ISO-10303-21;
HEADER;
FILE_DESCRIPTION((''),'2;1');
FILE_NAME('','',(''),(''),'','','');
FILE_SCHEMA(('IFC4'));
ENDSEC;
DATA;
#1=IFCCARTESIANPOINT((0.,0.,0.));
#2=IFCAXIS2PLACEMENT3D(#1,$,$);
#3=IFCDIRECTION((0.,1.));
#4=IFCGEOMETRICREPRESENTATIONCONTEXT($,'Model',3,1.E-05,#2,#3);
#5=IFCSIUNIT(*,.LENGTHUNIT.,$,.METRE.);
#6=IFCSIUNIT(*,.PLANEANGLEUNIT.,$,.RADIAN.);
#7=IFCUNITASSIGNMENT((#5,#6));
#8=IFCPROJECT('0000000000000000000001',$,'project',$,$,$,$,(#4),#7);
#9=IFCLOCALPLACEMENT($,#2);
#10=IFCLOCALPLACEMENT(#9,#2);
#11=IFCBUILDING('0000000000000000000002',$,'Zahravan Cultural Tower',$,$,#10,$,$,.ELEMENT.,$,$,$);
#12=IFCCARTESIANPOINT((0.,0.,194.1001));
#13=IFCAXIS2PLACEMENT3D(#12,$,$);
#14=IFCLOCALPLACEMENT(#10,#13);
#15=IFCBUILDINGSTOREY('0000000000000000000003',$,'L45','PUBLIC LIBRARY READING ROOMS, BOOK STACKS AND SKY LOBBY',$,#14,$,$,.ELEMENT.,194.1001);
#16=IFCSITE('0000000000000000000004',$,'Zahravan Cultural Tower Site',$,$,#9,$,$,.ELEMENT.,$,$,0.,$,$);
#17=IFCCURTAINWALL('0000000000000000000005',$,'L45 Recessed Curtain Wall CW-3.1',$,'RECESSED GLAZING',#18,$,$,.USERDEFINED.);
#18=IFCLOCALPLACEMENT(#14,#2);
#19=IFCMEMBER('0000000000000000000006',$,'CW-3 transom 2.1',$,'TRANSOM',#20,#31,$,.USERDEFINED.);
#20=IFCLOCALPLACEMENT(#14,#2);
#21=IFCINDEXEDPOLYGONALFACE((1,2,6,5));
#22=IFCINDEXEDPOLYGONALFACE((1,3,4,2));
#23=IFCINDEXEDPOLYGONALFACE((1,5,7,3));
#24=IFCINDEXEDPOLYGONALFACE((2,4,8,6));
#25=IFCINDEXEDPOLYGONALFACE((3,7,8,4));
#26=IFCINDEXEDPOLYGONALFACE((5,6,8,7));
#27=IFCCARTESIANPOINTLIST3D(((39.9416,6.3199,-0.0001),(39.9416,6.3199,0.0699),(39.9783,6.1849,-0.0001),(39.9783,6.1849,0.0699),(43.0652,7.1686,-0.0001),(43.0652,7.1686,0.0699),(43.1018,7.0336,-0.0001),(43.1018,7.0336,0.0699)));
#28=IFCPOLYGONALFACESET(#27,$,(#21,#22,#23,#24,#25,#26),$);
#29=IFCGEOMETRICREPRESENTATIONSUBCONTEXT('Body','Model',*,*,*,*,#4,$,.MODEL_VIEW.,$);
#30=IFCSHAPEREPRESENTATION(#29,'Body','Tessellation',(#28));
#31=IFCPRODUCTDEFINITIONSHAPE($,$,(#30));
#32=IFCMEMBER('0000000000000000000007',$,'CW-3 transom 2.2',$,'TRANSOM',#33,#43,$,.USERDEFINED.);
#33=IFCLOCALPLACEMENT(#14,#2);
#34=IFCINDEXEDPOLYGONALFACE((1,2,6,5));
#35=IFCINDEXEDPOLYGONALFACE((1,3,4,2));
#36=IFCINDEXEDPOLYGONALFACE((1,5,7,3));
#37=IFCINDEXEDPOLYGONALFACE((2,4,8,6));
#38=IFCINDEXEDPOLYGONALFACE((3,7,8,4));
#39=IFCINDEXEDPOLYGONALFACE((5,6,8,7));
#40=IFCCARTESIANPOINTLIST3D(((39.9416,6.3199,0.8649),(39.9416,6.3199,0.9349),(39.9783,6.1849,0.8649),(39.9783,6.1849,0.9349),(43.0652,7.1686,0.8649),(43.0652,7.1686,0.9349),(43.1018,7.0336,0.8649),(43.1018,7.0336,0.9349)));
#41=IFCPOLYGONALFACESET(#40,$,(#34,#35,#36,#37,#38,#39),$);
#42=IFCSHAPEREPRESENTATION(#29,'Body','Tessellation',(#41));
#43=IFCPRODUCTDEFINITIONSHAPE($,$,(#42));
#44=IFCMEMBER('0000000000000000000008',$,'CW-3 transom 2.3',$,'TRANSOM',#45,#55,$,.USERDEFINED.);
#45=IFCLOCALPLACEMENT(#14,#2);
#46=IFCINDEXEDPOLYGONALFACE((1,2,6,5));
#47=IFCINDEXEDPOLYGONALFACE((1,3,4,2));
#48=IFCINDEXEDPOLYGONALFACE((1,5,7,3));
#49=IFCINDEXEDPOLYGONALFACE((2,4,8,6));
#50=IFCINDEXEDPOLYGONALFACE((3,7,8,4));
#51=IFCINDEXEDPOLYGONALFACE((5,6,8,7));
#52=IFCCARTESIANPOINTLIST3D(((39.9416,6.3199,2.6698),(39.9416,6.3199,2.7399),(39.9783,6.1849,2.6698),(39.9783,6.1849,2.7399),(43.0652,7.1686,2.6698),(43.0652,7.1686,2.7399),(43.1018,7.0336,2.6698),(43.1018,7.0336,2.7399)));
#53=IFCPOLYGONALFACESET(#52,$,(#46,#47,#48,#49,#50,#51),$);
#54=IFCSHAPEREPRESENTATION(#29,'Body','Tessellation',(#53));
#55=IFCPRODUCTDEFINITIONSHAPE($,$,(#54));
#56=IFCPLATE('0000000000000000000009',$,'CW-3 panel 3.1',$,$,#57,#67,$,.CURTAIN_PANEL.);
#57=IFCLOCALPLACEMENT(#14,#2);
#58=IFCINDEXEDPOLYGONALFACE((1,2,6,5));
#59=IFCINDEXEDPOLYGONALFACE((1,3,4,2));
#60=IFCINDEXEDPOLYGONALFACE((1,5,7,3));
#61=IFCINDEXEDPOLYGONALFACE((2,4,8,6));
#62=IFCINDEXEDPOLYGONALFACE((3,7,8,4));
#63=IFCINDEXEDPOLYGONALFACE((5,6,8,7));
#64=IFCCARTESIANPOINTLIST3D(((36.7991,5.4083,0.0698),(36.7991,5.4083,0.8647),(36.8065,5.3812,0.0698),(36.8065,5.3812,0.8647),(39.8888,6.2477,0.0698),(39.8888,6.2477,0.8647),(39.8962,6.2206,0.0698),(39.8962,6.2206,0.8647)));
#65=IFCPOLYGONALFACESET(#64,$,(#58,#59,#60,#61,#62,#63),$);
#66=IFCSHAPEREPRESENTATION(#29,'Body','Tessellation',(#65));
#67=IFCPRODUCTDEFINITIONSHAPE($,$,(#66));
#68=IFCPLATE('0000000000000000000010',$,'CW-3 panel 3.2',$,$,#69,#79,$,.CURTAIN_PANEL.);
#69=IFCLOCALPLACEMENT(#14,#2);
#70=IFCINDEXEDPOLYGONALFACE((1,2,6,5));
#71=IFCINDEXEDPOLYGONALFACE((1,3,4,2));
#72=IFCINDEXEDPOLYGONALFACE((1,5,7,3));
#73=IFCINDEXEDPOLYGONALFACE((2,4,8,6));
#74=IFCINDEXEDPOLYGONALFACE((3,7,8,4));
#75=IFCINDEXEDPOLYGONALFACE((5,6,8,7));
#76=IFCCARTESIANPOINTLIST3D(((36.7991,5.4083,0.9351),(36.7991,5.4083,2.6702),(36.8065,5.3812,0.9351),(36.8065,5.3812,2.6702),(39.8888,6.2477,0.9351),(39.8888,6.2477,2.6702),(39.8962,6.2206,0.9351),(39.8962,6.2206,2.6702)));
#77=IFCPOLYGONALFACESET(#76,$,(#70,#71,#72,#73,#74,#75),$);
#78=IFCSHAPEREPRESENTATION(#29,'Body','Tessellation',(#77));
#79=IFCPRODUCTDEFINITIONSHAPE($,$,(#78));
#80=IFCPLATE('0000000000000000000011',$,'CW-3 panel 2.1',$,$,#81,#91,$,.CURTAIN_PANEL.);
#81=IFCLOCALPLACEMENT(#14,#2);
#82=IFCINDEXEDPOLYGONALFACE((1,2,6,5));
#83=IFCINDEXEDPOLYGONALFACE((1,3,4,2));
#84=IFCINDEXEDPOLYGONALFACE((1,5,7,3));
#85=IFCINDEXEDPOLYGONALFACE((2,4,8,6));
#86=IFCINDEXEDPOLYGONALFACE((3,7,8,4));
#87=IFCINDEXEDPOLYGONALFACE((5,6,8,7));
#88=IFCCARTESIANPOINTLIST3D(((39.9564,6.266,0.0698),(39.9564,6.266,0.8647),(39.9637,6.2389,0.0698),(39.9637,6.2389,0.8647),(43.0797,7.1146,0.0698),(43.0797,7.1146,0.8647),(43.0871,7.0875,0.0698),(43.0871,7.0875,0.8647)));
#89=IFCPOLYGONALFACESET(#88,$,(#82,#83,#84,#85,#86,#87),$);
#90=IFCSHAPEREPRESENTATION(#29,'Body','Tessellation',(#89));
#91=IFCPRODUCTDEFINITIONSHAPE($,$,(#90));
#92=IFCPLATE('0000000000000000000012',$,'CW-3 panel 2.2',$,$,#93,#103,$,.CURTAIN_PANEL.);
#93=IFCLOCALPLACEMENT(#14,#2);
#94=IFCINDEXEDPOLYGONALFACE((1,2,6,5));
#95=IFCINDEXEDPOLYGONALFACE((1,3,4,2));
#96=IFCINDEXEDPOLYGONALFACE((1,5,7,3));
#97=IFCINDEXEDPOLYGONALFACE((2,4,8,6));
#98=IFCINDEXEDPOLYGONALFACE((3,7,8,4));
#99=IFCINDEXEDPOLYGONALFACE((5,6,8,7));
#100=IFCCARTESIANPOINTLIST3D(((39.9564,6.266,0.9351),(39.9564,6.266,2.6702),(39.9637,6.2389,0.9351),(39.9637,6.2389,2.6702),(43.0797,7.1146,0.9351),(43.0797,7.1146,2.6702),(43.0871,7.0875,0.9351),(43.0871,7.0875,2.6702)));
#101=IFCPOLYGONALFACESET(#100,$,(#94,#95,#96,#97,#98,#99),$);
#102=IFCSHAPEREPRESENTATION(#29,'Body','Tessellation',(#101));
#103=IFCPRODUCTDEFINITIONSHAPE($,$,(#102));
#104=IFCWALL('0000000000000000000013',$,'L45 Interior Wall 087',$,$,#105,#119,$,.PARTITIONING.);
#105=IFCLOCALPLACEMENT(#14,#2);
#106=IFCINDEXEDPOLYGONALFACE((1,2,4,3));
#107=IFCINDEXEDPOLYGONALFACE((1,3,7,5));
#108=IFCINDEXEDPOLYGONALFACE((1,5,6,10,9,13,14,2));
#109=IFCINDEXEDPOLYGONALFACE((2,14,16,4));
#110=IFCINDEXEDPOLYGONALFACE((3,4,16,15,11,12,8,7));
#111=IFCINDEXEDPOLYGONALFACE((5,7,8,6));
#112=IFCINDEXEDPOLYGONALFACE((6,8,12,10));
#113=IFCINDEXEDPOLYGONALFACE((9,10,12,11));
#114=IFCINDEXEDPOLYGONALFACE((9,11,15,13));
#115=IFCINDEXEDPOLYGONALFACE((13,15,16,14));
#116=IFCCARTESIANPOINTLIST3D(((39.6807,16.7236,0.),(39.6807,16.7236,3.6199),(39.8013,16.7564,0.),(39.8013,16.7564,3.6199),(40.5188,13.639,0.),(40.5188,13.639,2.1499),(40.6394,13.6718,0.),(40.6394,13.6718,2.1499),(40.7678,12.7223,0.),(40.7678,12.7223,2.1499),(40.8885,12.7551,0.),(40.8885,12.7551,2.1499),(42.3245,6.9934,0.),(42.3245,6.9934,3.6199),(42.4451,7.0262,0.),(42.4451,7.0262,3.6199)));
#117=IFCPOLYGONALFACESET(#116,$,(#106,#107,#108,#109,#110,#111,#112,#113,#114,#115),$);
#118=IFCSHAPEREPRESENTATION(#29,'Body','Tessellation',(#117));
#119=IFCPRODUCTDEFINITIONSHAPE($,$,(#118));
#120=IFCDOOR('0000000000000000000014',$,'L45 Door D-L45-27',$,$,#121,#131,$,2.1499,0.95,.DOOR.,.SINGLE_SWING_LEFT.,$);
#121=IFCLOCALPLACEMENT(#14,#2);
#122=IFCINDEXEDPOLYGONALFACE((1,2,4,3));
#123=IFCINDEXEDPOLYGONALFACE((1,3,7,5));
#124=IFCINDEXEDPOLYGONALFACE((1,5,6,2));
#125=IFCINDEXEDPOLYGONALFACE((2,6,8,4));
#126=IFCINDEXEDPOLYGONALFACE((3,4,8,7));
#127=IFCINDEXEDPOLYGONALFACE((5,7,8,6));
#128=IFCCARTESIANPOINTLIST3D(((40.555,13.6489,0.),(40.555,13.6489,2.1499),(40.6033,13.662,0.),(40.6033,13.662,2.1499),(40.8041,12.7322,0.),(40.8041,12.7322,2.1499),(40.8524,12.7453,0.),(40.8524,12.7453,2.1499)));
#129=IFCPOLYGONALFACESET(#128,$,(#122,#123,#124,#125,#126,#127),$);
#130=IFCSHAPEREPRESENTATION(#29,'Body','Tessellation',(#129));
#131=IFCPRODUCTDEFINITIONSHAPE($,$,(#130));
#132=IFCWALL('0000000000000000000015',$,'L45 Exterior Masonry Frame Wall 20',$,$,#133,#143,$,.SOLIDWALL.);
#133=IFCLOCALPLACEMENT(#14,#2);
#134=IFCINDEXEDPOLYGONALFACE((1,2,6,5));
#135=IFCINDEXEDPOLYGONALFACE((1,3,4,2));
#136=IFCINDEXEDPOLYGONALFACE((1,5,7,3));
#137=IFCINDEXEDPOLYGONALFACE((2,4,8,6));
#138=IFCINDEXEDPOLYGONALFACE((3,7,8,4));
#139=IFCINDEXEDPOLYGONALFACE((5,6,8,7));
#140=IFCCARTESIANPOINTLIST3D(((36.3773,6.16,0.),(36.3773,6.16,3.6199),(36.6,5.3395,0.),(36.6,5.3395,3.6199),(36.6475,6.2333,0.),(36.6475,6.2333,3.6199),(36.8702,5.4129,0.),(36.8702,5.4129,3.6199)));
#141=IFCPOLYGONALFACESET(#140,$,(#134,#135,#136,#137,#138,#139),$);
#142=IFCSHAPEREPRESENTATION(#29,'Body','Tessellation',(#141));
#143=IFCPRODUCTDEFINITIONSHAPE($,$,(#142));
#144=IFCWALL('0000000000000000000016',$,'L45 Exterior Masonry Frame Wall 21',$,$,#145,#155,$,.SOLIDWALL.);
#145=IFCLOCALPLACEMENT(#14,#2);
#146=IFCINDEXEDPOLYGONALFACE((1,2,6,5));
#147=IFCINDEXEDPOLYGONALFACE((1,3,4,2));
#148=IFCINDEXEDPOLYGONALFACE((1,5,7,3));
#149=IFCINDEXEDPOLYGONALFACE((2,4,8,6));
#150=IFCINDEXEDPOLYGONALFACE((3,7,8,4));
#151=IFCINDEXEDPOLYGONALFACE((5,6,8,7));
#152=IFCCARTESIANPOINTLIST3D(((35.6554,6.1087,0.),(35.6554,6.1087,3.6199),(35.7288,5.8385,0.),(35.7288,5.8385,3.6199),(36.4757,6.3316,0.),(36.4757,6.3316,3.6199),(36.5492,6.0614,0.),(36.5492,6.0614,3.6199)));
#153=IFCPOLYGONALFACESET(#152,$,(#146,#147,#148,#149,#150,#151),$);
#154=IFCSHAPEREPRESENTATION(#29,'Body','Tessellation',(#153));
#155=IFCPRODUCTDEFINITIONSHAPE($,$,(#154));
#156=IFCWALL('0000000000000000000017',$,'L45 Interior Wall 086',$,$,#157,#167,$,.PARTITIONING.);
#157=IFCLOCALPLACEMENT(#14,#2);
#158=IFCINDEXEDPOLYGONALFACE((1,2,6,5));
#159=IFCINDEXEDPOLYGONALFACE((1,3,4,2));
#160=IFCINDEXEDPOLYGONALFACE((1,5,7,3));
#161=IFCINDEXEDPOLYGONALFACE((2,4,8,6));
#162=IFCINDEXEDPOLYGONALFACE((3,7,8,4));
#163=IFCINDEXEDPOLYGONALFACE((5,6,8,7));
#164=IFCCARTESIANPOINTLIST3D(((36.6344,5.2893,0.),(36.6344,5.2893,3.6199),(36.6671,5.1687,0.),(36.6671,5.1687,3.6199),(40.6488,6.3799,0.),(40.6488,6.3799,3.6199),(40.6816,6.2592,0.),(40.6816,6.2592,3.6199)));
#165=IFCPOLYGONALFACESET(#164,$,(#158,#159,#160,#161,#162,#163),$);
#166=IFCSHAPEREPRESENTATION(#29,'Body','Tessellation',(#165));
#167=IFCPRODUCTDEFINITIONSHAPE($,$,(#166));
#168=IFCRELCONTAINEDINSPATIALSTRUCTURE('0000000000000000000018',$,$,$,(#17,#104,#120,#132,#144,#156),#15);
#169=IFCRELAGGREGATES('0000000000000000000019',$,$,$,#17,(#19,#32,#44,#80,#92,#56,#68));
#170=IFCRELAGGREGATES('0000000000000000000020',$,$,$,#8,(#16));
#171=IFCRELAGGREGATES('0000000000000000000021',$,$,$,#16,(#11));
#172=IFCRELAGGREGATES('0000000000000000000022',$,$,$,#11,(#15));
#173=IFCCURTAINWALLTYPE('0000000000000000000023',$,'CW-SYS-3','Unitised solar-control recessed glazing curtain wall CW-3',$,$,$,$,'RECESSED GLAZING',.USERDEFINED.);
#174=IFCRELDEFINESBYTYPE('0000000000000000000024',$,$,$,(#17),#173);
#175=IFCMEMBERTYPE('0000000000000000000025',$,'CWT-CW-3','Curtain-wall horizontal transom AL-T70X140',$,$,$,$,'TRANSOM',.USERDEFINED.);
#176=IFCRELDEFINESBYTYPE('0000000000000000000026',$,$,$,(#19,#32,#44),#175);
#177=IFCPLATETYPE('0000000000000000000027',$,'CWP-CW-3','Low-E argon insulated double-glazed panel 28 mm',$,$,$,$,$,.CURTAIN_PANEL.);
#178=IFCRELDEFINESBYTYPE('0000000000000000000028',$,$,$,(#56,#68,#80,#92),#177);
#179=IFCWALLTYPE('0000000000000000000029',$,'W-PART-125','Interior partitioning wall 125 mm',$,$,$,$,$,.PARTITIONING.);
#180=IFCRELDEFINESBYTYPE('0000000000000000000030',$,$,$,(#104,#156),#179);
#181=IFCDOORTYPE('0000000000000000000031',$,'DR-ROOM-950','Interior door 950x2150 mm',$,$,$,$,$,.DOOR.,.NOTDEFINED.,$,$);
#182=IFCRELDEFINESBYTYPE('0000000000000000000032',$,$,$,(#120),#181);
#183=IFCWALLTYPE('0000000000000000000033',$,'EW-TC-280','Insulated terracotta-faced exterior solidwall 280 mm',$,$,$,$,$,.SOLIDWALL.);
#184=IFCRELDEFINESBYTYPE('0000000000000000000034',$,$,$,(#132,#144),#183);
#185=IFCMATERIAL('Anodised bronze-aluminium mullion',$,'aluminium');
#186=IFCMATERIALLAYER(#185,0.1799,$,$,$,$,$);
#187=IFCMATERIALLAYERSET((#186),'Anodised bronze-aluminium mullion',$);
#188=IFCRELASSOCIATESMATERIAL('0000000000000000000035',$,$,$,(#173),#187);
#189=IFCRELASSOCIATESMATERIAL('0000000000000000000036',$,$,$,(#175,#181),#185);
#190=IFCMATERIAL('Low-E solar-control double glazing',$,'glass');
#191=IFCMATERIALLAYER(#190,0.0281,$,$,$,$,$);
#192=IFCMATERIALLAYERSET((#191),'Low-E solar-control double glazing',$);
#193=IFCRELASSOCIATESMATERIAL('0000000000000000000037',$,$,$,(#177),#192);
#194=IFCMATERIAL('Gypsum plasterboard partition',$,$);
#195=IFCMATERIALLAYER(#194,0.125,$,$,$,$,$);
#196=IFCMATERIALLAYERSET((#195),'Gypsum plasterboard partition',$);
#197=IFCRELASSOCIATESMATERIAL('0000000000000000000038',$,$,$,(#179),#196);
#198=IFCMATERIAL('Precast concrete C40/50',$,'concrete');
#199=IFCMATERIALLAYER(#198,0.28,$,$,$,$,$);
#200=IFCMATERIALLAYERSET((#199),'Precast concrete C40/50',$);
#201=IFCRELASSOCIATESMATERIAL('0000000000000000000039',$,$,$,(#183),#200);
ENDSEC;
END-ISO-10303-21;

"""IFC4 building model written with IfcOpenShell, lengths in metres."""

from ifc_helpers import new_model, si_unit, direction, frame, frame_2d, origin, origin_2d, place, context, subcontext, project, spatial, rectangle, extrude, source, transform, mapped, material, layer, layer_set, material_profile, profile_set, type_object, element, fill, aggregate, save


model = new_model("IFC4")

# Units and contexts
model_context = context("Model", 3, precision=1e-05, world=origin(), true_north=direction((0.0, 1.0)))
body_context = subcontext(model_context, "Body", "Model", "MODEL_VIEW")
ifc_project = project(units=[si_unit("LENGTHUNIT", "METRE"), si_unit("PLANEANGLEUNIT", "RADIAN")], contexts=[model_context])

# Site, building, storey
site_placement = place(None, origin())
site = spatial("IfcSite", under=ifc_project, at=site_placement, Name="Zahravan Cultural Tower Site", CompositionType="ELEMENT", RefElevation=0.0)
building_placement = place(site_placement, origin())
building = spatial("IfcBuilding", under=site, at=building_placement, Name="Zahravan Cultural Tower", CompositionType="ELEMENT")
storey_placement = place(building_placement, frame((0.0, 0.0, 194.1001)))
storey = spatial("IfcBuildingStorey", under=building, at=storey_placement, Name="L45", Description="PUBLIC LIBRARY READING ROOMS, BOOK STACKS AND SKY LOBBY", CompositionType="ELEMENT", Elevation=194.1001)

# Curtain wall, members, plates
ifc_material_1 = material(Name="Anodised bronze-aluminium mullion", Category="aluminium")
ifc_layer_1 = layer(ifc_material_1, 0.1799)
ifc_layer_set_1 = layer_set([ifc_layer_1], Name="Anodised bronze-aluminium mullion")
curtain_wall_type = type_object("IfcCurtainWallType", Name="CW-SYS-3", Description="Unitised solar-control recessed glazing curtain wall CW-3", ElementType="RECESSED GLAZING", PredefinedType="USERDEFINED", material=ifc_layer_set_1)
curtain_wall_placement = place(storey_placement, origin())
curtain_wall = element("IfcCurtainWall", 1, at=curtain_wall_placement, inside=storey, type_object=curtain_wall_type, Name="L45 Recessed Curtain Wall CW-3.1", ObjectType="RECESSED GLAZING", PredefinedType="USERDEFINED")
ifc_material_profile_1 = material_profile(ifc_material_1, rectangle(XDim=0.1399, YDim=0.0701, at=origin_2d()), Name="AL-T70X140")
ifc_profile_set_1 = profile_set([ifc_material_profile_1], Name="Anodised bronze-aluminium mullion")
member_type_1 = type_object("IfcMemberType", Name="CWT-CW-3", Description="Curtain-wall horizontal transom AL-T70X140", ElementType="TRANSOM", PredefinedType="USERDEFINED", material=ifc_profile_set_1)
shared_shape_1 = source(origin(), body_context, "Body", "SweptSolid", [
    extrude(rectangle(XDim=0.1399, YDim=0.0701, at=origin_2d()), origin(), (0.0, 0.0, 1.0), 3.2368),
])
member_1_placement = place(storey_placement, frame((43.0835, 7.1011, 0.0349), z_axis=(-0.965018, -0.262185, 0.0), x_axis=(0.262185, -0.965018, 0.0)))
member_1 = element("IfcMember", 2, at=member_1_placement, type_object=member_type_1, Name="CW-3 transom 2.1", ObjectType="TRANSOM", PredefinedType="USERDEFINED", context=body_context, shape_type="MappedRepresentation", body=[
    mapped(shared_shape_1, transform((0.0, 0.0, 0.0), x_axis=(1.0, 0.0, 0.0), y_axis=(0.0, 1.0, 0.0), z_axis=(0.0, 0.0, 1.0), scale=1.0)),
])
member_2_placement = place(storey_placement, frame((43.0835, 7.1011, 0.8999), z_axis=(-0.965018, -0.262185, 0.0), x_axis=(0.262185, -0.965018, 0.0)))
member_2 = element("IfcMember", 3, at=member_2_placement, type_object=member_type_1, Name="CW-3 transom 2.2", ObjectType="TRANSOM", PredefinedType="USERDEFINED", context=body_context, shape_type="MappedRepresentation", body=[
    mapped(shared_shape_1, transform((0.0, 0.0, 0.0), x_axis=(1.0, 0.0, 0.0), y_axis=(0.0, 1.0, 0.0), z_axis=(0.0, 0.0, 1.0), scale=1.0)),
])
member_3_placement = place(storey_placement, frame((43.0835, 7.1011, 2.7048), z_axis=(-0.965018, -0.262185, 0.0), x_axis=(0.262185, -0.965018, 0.0)))
member_3 = element("IfcMember", 4, at=member_3_placement, type_object=member_type_1, Name="CW-3 transom 2.3", ObjectType="TRANSOM", PredefinedType="USERDEFINED", context=body_context, shape_type="MappedRepresentation", body=[
    mapped(shared_shape_1, transform((0.0, 0.0, 0.0), x_axis=(1.0, 0.0, 0.0), y_axis=(0.0, 1.0, 0.0), z_axis=(0.0, 0.0, 1.0), scale=1.0)),
])
ifc_material_2 = material(Name="Low-E solar-control double glazing", Category="glass")
ifc_layer_2 = layer(ifc_material_2, 0.0281)
ifc_layer_set_2 = layer_set([ifc_layer_2], Name="Low-E solar-control double glazing")
plate_type = type_object("IfcPlateType", Name="CWP-CW-3", Description="Low-E argon insulated double-glazed panel 28 mm", PredefinedType="CURTAIN_PANEL", material=ifc_layer_set_2)
shared_shape_2 = source(origin(), body_context, "Body", "SweptSolid", [
    extrude(rectangle(XDim=3.2017, YDim=0.0281, at=origin_2d()), origin(), (0.0, 0.0, 1.0), 0.7949),
])
plate_1_placement = place(storey_placement, frame((38.3477, 5.8145, 0.0698), z_axis=(0.0, 0.0, 1.0), x_axis=(-0.965017, -0.262187, 0.0)))
plate_1 = element("IfcPlate", 5, at=plate_1_placement, type_object=plate_type, Name="CW-3 panel 3.1", PredefinedType="CURTAIN_PANEL", context=body_context, shape_type="MappedRepresentation", body=[
    mapped(shared_shape_2, transform((0.0, 0.0, 0.0), x_axis=(1.0, 0.0, 0.0), y_axis=(0.0, 1.0, 0.0), z_axis=(0.0, 0.0, 1.0), scale=1.0)),
])
shared_shape_3 = source(origin(), body_context, "Body", "SweptSolid", [
    extrude(rectangle(XDim=3.2017, YDim=0.0281, at=origin_2d()), origin(), (0.0, 0.0, 1.0), 1.7351),
])
plate_2_placement = place(storey_placement, frame((38.3477, 5.8145, 0.9351), z_axis=(0.0, 0.0, 1.0), x_axis=(-0.965017, -0.262187, 0.0)))
plate_2 = element("IfcPlate", 6, at=plate_2_placement, type_object=plate_type, Name="CW-3 panel 3.2", PredefinedType="CURTAIN_PANEL", context=body_context, shape_type="MappedRepresentation", body=[
    mapped(shared_shape_3, transform((0.0, 0.0, 0.0), x_axis=(1.0, 0.0, 0.0), y_axis=(0.0, 1.0, 0.0), z_axis=(0.0, 0.0, 1.0), scale=1.0)),
])
shared_shape_4 = source(origin(), body_context, "Body", "SweptSolid", [
    extrude(rectangle(XDim=3.2366, YDim=0.0281, at=origin_2d()), origin(), (0.0, 0.0, 1.0), 0.7949),
])
plate_3_placement = place(storey_placement, frame((41.5217, 6.6768, 0.0698), z_axis=(0.0, 0.0, 1.0), x_axis=(-0.965017, -0.262187, 0.0)))
plate_3 = element("IfcPlate", 7, at=plate_3_placement, type_object=plate_type, Name="CW-3 panel 2.1", PredefinedType="CURTAIN_PANEL", context=body_context, shape_type="MappedRepresentation", body=[
    mapped(shared_shape_4, transform((0.0, 0.0, 0.0), x_axis=(1.0, 0.0, 0.0), y_axis=(0.0, 1.0, 0.0), z_axis=(0.0, 0.0, 1.0), scale=1.0)),
])
shared_shape_5 = source(origin(), body_context, "Body", "SweptSolid", [
    extrude(rectangle(XDim=3.2366, YDim=0.0281, at=origin_2d()), origin(), (0.0, 0.0, 1.0), 1.7351),
])
plate_4_placement = place(storey_placement, frame((41.5217, 6.6768, 0.9351), z_axis=(0.0, 0.0, 1.0), x_axis=(-0.965017, -0.262187, 0.0)))
plate_4 = element("IfcPlate", 8, at=plate_4_placement, type_object=plate_type, Name="CW-3 panel 2.2", PredefinedType="CURTAIN_PANEL", context=body_context, shape_type="MappedRepresentation", body=[
    mapped(shared_shape_5, transform((0.0, 0.0, 0.0), x_axis=(1.0, 0.0, 0.0), y_axis=(0.0, 1.0, 0.0), z_axis=(0.0, 0.0, 1.0), scale=1.0)),
])
aggregate(curtain_wall, [member_1, member_2, member_3, plate_3, plate_4, plate_1, plate_2])

# Wall, opening, door
ifc_material_3 = material(Name="Gypsum plasterboard partition")
ifc_layer_3 = layer(ifc_material_3, 0.125)
ifc_layer_set_3 = layer_set([ifc_layer_3], Name="Gypsum plasterboard partition")
wall_type_1 = type_object("IfcWallType", Name="W-PART-125", Description="Interior partitioning wall 125 mm", PredefinedType="PARTITIONING", material=ifc_layer_set_3)
wall_1_placement = place(storey_placement, frame((42.3848, 7.0098, 0.0), z_axis=(0.0, 0.0, 1.0), x_axis=(-0.262204, 0.965013, 0.0)))
wall_1 = element("IfcWall", 9, at=wall_1_placement, inside=storey, type_object=wall_type_1, Name="L45 Interior Wall 087", PredefinedType="PARTITIONING", context=body_context, shape_type="SweptSolid", body=[
    extrude(rectangle(XDim=10.083, YDim=0.125, at=frame_2d((5.0415, 0.0))), origin(), (0.0, 0.0, 1.0), 3.6199),
])
opening_placement = place(wall_1_placement, frame((5.9365, 0.0, 0.0)))
opening = element("IfcOpeningElement", 10, at=opening_placement, cuts=wall_1, PredefinedType="OPENING", context=body_context, shape_type="SweptSolid", body=[
    extrude(rectangle(XDim=0.95, YDim=2.1499, at=frame_2d((0.4751, 1.075))), frame((0.0, 0.0725, 0.0), z_axis=(0.0, -1.0, 0.0), x_axis=(1.0, 0.0, 0.0)), (0.0, 0.0, 1.0), 0.145),
])
door_type = type_object("IfcDoorType", Name="DR-ROOM-950", Description="Interior door 950x2150 mm", OperationType="NOTDEFINED", PredefinedType="DOOR", material=ifc_material_1)
shared_shape_6 = source(origin(), body_context, "Body", "SweptSolid", [
    extrude(rectangle(XDim=0.95, YDim=2.1499, at=frame_2d((0.4751, 1.075))), frame((0.0, 0.0249, 0.0), z_axis=(0.0, -1.0, 0.0), x_axis=(1.0, 0.0, 0.0)), (0.0, 0.0, 1.0), 0.05),
])
door_placement = place(opening_placement, origin())
door = element("IfcDoor", 11, at=door_placement, inside=storey, type_object=door_type, Name="L45 Door D-L45-27", OperationType="SINGLE_SWING_LEFT", OverallHeight=2.1499, OverallWidth=0.95, PredefinedType="DOOR", context=body_context, shape_type="MappedRepresentation", body=[
    mapped(shared_shape_6, transform((0.0, 0.0, 0.0), x_axis=(1.0, 0.0, 0.0), y_axis=(0.0, 1.0, 0.0), z_axis=(0.0, 0.0, 1.0), scale=1.0)),
])
fill(opening, door)

# Walls
ifc_material_4 = material(Name="Precast concrete C40/50", Category="concrete")
ifc_layer_4 = layer(ifc_material_4, 0.28)
ifc_layer_set_4 = layer_set([ifc_layer_4], Name="Precast concrete C40/50")
wall_type_2 = type_object("IfcWallType", Name="EW-TC-280", Description="Insulated terracotta-faced exterior solidwall 280 mm", PredefinedType="SOLIDWALL", material=ifc_layer_set_4)
shared_shape_7 = source(origin(), body_context, "Body", "SweptSolid", [
    extrude(rectangle(XDim=0.8501, YDim=0.28, at=frame_2d((0.425, 0.0))), origin(), (0.0, 0.0, 1.0), 3.6199),
])
for number, where, z_axis, x_axis, name in (
    (12, (36.7351, 5.3762, 0.0), (0.0, 0.0, 1.0), (-0.261951, 0.965081, 0.0), "L45 Exterior Masonry Frame Wall 20"),
    (13, (36.5125, 6.1965, 0.0), (0.0, 0.0, 1.0), (-0.965009, -0.262218, 0.0), "L45 Exterior Masonry Frame Wall 21"),
):
    element("IfcWall", number, at=place(storey_placement, frame(where, z_axis=z_axis, x_axis=x_axis)), inside=storey, type_object=wall_type_2, Name=name, PredefinedType="SOLIDWALL", context=body_context, shape_type="MappedRepresentation", body=[
        mapped(shared_shape_7, transform((0.0, 0.0, 0.0), x_axis=(1.0, 0.0, 0.0), y_axis=(0.0, 1.0, 0.0), z_axis=(0.0, 0.0, 1.0), scale=1.0)),
    ])
shared_shape_8 = source(origin(), body_context, "Body", "SweptSolid", [
    extrude(rectangle(XDim=4.1599, YDim=0.125, at=frame_2d((2.0801, 0.0))), origin(), (0.0, 0.0, 1.0), 3.6199),
])
wall_2_placement = place(storey_placement, frame((40.6653, 6.3196, 0.0), z_axis=(0.0, 0.0, 1.0), x_axis=(-0.965023, -0.262164, 0.0)))
element("IfcWall", 14, at=wall_2_placement, inside=storey, type_object=wall_type_1, Name="L45 Interior Wall 086", PredefinedType="PARTITIONING", context=body_context, shape_type="MappedRepresentation", body=[
    mapped(shared_shape_8, transform((0.0, 0.0, 0.0), x_axis=(1.0, 0.0, 0.0), y_axis=(0.0, 1.0, 0.0), z_axis=(0.0, 0.0, 1.0), scale=1.0)),
])

save(model, "model.ifc")
